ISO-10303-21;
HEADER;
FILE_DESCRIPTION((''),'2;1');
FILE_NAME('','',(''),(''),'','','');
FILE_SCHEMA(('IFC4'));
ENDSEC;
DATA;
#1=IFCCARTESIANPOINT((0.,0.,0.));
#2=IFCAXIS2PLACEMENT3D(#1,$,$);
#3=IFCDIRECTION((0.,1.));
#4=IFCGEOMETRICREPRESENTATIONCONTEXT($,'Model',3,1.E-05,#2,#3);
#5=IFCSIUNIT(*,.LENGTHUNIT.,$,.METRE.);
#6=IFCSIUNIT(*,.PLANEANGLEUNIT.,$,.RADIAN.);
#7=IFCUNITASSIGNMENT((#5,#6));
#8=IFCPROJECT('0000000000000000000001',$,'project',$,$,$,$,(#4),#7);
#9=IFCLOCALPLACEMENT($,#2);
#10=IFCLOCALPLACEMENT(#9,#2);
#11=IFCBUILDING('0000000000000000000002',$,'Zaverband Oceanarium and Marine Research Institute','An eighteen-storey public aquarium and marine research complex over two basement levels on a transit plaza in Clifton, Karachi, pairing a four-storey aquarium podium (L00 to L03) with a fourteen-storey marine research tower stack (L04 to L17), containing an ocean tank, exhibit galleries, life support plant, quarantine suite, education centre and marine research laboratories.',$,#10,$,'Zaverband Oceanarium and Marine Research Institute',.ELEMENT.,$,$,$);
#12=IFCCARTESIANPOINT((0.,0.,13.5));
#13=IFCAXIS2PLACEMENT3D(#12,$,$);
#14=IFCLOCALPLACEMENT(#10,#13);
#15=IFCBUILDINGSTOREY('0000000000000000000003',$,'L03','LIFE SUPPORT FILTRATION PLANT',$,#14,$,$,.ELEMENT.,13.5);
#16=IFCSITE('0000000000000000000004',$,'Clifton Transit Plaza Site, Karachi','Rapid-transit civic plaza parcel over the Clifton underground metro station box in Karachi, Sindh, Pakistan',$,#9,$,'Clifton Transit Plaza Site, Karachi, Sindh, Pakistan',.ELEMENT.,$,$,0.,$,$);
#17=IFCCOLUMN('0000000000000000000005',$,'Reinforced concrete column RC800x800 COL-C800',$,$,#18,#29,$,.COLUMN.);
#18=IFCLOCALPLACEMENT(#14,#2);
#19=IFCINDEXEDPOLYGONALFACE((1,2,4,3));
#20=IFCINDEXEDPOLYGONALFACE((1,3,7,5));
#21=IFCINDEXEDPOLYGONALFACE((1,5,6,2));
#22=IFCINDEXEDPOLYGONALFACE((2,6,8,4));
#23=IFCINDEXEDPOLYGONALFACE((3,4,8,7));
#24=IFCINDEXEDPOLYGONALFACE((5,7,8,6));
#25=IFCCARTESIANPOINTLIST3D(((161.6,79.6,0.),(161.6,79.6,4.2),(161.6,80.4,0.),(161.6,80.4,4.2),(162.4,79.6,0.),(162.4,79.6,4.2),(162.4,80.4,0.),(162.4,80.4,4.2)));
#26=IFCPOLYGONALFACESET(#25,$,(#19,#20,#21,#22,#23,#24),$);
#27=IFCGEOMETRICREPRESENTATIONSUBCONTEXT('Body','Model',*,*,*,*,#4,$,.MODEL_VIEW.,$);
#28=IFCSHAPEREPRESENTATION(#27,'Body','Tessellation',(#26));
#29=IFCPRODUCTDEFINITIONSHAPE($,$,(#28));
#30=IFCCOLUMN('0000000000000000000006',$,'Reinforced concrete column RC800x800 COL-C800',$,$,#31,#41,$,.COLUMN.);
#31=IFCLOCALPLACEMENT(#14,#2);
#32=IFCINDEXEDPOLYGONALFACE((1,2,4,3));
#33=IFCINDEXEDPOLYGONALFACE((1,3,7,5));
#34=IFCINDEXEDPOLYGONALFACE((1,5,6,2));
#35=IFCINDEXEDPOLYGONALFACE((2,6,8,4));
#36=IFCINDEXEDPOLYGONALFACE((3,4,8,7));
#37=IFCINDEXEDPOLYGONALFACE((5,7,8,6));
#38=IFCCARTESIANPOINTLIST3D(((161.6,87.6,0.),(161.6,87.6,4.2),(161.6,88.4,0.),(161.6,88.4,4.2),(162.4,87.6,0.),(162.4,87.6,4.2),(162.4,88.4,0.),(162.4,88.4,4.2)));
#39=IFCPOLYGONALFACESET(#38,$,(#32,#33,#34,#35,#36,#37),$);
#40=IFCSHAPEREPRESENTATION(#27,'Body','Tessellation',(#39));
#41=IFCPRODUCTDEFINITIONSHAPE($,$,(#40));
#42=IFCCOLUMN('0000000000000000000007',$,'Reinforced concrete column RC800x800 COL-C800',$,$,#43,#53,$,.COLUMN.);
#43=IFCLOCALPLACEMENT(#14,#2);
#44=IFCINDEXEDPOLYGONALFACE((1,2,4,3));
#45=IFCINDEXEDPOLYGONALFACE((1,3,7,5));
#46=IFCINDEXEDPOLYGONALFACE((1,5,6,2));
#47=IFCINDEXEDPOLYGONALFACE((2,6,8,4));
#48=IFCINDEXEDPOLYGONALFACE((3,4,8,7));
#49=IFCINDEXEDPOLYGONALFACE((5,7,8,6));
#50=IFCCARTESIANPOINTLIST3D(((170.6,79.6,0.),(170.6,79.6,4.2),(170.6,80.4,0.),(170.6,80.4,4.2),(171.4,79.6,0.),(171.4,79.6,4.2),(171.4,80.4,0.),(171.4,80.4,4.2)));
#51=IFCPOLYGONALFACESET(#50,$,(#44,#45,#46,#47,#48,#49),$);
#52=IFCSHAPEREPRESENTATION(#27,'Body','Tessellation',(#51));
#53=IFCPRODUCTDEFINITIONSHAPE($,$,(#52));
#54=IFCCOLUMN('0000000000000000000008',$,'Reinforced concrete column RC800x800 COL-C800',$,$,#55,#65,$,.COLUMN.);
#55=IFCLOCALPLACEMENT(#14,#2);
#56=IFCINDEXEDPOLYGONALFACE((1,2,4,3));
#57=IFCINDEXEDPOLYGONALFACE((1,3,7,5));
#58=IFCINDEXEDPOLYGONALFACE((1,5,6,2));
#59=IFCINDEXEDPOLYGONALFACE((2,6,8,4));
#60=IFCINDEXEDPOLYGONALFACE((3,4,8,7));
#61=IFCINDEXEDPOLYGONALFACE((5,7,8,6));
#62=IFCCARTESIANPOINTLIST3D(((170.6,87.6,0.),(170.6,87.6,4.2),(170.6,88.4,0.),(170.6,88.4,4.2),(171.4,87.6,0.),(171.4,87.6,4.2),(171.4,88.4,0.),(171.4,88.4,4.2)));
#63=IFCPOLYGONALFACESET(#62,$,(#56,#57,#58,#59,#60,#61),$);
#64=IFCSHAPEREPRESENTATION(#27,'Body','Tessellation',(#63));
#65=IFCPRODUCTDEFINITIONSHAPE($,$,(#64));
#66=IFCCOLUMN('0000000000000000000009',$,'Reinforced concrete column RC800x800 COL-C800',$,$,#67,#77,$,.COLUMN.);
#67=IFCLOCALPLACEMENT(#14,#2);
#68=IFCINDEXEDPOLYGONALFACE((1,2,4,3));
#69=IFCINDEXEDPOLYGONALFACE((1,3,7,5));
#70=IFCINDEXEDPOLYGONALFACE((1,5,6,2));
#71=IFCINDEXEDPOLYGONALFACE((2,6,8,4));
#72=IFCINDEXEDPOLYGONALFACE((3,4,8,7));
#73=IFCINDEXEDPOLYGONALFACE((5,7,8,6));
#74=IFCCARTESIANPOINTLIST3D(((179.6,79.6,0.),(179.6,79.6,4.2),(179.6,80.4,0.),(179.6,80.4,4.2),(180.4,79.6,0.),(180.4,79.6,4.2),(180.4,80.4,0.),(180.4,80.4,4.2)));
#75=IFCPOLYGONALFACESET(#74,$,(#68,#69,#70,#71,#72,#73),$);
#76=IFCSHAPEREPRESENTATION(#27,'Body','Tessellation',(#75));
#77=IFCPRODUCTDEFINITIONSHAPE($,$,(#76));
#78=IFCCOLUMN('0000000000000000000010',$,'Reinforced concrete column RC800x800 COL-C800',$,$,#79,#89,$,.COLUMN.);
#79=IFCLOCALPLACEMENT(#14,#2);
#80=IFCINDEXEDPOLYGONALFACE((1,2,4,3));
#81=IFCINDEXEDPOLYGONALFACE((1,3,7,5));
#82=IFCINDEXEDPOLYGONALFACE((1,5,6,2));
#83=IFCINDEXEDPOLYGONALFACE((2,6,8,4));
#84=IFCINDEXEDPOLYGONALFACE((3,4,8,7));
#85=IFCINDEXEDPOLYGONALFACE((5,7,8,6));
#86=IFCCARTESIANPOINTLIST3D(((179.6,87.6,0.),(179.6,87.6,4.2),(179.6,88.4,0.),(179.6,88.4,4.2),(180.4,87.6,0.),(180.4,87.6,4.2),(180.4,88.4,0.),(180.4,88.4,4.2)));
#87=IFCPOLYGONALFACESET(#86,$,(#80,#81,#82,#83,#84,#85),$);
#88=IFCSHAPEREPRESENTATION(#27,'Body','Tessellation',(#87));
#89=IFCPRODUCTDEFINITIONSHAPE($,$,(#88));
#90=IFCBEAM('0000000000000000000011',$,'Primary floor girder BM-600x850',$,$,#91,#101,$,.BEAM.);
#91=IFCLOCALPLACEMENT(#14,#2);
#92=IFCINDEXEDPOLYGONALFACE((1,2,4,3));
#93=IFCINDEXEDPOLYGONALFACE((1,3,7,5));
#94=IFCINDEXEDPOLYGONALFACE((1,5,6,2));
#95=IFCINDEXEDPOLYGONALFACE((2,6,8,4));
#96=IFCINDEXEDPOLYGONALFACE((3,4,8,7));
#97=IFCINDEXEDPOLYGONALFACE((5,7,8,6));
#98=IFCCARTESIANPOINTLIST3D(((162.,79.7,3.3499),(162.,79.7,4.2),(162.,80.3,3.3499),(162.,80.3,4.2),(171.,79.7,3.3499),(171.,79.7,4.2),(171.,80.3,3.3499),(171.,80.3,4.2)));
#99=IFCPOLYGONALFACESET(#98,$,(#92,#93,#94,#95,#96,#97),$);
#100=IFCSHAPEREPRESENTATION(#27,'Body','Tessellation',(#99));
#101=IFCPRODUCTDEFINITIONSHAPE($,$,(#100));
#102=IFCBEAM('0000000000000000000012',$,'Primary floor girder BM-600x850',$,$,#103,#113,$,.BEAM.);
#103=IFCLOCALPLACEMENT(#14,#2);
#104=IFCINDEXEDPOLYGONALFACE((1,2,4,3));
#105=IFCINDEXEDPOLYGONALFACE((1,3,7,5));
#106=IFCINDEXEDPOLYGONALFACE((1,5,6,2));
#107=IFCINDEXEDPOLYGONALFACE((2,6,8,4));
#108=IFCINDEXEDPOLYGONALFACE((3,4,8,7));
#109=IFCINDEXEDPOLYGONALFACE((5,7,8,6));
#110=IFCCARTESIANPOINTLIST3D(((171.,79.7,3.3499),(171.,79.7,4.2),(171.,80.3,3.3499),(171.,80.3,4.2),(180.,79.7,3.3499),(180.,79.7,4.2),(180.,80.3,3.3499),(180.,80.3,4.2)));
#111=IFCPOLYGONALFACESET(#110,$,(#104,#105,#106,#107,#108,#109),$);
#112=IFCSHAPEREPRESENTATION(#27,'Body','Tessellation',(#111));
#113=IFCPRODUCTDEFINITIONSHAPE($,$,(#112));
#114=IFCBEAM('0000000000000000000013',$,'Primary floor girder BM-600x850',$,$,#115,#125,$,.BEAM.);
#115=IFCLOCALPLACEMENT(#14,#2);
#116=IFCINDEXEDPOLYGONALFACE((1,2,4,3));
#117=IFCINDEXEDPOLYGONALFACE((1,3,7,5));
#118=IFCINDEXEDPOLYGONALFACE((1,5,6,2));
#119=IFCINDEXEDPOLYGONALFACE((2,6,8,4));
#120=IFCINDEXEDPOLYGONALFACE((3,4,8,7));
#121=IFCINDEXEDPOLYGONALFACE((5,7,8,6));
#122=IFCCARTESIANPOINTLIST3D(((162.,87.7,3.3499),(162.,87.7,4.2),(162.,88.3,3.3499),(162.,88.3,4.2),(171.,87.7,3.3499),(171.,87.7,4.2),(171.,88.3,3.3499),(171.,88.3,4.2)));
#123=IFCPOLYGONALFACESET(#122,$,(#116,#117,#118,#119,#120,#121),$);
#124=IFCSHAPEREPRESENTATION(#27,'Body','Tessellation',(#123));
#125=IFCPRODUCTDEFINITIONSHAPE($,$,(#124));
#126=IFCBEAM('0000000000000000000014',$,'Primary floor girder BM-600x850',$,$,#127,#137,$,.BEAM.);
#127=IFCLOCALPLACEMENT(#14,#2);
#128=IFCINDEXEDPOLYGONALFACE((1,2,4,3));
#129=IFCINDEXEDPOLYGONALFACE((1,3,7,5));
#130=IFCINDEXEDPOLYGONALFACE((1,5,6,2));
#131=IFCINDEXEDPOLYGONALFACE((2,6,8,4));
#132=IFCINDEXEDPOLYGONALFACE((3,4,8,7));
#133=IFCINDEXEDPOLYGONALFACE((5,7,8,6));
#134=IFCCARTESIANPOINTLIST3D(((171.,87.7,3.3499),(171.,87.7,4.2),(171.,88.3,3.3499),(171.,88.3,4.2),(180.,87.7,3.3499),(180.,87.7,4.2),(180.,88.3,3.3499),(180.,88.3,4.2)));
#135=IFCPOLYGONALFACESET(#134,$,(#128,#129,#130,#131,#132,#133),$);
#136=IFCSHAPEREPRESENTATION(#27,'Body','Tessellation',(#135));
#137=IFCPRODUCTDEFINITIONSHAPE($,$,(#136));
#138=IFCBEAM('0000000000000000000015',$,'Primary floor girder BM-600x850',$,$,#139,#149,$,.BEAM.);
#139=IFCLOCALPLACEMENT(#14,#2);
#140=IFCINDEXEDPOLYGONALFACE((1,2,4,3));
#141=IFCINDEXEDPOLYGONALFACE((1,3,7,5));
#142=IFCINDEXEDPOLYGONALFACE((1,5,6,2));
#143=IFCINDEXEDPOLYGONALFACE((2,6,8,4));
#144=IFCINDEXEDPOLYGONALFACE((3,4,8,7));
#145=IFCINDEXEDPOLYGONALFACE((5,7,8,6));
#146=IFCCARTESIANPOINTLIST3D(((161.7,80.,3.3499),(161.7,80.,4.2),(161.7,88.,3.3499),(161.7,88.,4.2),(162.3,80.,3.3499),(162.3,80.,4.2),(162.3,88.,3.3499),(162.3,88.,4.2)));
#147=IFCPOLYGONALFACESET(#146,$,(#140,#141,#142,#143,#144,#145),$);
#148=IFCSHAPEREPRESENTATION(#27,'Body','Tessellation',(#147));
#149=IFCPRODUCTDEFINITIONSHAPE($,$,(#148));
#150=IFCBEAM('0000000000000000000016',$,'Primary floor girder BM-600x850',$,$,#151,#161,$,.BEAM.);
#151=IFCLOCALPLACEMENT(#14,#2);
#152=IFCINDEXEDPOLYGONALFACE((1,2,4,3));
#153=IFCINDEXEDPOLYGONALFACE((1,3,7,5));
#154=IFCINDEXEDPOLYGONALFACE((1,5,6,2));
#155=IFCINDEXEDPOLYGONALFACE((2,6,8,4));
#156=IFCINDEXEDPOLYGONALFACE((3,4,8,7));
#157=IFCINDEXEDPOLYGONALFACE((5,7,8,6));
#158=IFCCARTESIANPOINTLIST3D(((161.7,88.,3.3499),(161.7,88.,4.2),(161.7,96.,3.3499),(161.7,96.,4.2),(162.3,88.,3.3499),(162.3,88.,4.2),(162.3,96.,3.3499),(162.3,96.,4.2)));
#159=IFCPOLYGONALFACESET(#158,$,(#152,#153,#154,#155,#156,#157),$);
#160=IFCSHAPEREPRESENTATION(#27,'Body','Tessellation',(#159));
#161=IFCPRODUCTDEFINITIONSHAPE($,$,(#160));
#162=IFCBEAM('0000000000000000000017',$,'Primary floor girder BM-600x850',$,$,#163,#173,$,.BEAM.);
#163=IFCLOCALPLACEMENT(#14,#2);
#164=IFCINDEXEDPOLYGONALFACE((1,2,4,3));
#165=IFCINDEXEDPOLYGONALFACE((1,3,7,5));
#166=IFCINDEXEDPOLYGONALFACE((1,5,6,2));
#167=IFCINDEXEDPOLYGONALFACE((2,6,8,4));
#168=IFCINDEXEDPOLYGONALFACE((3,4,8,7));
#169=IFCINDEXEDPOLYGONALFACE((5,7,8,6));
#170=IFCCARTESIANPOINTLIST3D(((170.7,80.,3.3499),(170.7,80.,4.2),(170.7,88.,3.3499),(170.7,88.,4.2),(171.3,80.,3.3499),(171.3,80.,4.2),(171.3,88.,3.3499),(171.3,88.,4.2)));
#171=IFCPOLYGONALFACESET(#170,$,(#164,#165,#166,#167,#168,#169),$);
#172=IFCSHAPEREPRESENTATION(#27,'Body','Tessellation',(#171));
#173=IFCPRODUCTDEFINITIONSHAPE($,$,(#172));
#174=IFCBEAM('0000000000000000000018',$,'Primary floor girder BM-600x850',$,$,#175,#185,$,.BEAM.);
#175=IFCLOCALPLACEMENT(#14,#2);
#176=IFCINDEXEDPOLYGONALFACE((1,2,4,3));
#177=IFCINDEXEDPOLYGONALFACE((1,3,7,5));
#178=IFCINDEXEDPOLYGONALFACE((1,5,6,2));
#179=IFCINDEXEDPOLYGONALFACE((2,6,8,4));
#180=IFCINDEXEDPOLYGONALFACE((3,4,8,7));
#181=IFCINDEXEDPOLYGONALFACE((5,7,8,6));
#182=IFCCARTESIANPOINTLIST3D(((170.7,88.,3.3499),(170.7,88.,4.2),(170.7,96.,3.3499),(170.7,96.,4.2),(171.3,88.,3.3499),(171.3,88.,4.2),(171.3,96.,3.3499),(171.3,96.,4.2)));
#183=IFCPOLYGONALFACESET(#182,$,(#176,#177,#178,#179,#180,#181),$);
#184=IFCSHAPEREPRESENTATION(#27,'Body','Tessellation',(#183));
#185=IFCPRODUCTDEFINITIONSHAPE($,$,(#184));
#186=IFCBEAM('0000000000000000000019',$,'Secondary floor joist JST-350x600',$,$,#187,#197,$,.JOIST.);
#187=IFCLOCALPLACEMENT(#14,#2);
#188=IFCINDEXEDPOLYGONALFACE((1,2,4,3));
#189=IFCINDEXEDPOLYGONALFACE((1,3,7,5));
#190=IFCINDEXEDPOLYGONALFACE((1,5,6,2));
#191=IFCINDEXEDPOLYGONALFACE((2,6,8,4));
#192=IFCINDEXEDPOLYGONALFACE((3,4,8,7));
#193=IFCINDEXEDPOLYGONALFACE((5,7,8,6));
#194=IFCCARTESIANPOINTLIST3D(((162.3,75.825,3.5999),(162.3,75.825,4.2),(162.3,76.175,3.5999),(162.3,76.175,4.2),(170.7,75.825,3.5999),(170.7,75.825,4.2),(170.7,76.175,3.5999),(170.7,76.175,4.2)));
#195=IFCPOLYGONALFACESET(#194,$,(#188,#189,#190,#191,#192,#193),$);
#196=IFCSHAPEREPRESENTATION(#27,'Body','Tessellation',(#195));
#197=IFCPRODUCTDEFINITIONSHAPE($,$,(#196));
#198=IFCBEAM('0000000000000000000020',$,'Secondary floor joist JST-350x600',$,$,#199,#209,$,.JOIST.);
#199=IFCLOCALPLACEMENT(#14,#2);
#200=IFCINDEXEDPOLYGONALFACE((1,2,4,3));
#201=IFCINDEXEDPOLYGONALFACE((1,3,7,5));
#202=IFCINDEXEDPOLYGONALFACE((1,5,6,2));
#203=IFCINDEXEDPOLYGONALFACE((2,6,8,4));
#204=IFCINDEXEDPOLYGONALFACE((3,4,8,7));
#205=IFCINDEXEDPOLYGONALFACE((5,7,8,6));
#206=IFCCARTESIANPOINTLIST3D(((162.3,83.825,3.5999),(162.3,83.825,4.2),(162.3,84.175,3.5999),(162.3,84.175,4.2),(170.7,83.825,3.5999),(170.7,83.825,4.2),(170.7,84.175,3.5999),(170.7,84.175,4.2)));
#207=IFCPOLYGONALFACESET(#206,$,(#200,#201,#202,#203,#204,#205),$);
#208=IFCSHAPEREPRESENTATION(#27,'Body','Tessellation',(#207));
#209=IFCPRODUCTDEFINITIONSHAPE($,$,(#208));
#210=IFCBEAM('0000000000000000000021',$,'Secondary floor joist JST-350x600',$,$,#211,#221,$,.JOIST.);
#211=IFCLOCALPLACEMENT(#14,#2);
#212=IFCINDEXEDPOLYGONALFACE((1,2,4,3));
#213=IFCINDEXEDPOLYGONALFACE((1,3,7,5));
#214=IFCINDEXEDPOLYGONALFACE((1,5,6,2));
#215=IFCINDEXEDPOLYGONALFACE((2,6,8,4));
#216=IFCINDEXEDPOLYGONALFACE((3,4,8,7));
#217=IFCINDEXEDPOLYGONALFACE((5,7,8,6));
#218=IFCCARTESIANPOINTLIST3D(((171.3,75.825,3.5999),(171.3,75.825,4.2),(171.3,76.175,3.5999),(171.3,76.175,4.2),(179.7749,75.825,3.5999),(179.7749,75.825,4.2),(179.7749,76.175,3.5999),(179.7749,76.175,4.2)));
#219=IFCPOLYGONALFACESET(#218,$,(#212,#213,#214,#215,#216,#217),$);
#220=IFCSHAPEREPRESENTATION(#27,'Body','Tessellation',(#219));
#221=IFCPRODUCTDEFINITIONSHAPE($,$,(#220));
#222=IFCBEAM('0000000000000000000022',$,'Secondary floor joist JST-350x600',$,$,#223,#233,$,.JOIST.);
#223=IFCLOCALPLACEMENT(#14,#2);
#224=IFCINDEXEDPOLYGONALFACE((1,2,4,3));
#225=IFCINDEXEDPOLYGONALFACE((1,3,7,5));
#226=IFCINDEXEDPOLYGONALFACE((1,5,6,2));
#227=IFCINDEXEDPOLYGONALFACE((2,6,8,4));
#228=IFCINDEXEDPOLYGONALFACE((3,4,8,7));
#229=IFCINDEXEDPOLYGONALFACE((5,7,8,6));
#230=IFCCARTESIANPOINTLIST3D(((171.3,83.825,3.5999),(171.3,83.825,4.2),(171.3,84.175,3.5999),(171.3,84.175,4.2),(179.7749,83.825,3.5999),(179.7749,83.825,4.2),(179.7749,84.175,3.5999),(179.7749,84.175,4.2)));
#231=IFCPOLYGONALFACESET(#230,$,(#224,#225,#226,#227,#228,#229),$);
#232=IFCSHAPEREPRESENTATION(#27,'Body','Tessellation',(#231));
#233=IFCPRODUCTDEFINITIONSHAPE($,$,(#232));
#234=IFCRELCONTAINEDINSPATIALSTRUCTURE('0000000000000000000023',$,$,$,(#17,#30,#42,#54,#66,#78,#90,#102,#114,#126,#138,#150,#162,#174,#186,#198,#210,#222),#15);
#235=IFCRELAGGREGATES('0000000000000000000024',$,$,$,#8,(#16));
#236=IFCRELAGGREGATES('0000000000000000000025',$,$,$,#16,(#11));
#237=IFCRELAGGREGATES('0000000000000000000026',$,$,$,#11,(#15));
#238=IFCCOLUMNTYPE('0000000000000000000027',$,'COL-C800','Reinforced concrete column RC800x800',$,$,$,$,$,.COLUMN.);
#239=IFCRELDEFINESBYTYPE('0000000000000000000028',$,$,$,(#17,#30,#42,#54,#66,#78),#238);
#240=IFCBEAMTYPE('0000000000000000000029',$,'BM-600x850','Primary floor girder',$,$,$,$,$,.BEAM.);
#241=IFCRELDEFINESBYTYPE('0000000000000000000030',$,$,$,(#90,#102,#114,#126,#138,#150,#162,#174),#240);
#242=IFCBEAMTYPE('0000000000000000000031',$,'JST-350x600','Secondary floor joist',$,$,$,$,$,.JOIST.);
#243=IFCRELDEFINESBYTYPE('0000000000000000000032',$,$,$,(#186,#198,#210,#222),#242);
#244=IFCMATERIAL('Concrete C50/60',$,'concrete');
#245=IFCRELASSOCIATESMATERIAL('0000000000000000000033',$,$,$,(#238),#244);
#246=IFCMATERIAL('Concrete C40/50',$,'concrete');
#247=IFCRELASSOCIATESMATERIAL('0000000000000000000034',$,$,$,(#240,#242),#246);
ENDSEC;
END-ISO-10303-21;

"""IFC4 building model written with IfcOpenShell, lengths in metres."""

from ifc_helpers import new_model, si_unit, direction, frame, origin, origin_2d, place, context, subcontext, project, spatial, rectangle, extrude, material, material_profile, profile_set, type_object, element, save


model = new_model("IFC4")

# Units and contexts
model_context = context("Model", 3, precision=1e-05, world=origin(), true_north=direction((0.0, 1.0)))
body_context = subcontext(model_context, "Body", "Model", "MODEL_VIEW")
ifc_project = project(units=[si_unit("LENGTHUNIT", "METRE"), si_unit("PLANEANGLEUNIT", "RADIAN")], contexts=[model_context])

# Site, building, storey
site_placement = place(None, origin())
site = spatial("IfcSite", under=ifc_project, at=site_placement, Name="Clifton Transit Plaza Site, Karachi", Description="Rapid-transit civic plaza parcel over the Clifton underground metro station box in Karachi, Sindh, Pakistan", LongName="Clifton Transit Plaza Site, Karachi, Sindh, Pakistan", CompositionType="ELEMENT", RefElevation=0.0)
building_placement = place(site_placement, origin())
building = spatial("IfcBuilding", under=site, at=building_placement, Name="Zaverband Oceanarium and Marine Research Institute", Description="An eighteen-storey public aquarium and marine research complex over two basement levels on a transit plaza in Clifton, Karachi, pairing a four-storey aquarium podium (L00 to L03) with a fourteen-storey marine research tower stack (L04 to L17), containing an ocean tank, exhibit galleries, life support plant, quarantine suite, education centre and marine research laboratories.", LongName="Zaverband Oceanarium and Marine Research Institute", CompositionType="ELEMENT")
storey_placement = place(building_placement, frame((0.0, 0.0, 13.5)))
storey = spatial("IfcBuildingStorey", under=building, at=storey_placement, Name="L03", Description="LIFE SUPPORT FILTRATION PLANT", CompositionType="ELEMENT", Elevation=13.5)

# Columns
ifc_material_1 = material(Name="Concrete C50/60", Category="concrete")
ifc_material_profile_1 = material_profile(ifc_material_1, rectangle(XDim=0.8, YDim=0.8, at=origin_2d()), Name="RC800x800")
ifc_profile_set_1 = profile_set([ifc_material_profile_1], Name="Concrete C50/60")
column_type = type_object("IfcColumnType", Name="COL-C800", Description="Reinforced concrete column RC800x800", PredefinedType="COLUMN", material=ifc_profile_set_1)
for number, where, z_axis, x_axis, name in (
    (1, (162.0, 80.0, 0.0), (0.0, 0.0, 1.0), (1.0, 0.0, 0.0), "Reinforced concrete column RC800x800 COL-C800"),
    (2, (162.0, 88.0, 0.0), (0.0, 0.0, 1.0), (1.0, 0.0, 0.0), "Reinforced concrete column RC800x800 COL-C800"),
    (3, (171.0, 80.0, 0.0), (0.0, 0.0, 1.0), (1.0, 0.0, 0.0), "Reinforced concrete column RC800x800 COL-C800"),
    (4, (171.0, 88.0, 0.0), (0.0, 0.0, 1.0), (1.0, 0.0, 0.0), "Reinforced concrete column RC800x800 COL-C800"),
    (5, (180.0, 80.0, 0.0), (0.0, 0.0, 1.0), (1.0, 0.0, 0.0), "Reinforced concrete column RC800x800 COL-C800"),
    (6, (180.0, 88.0, 0.0), (0.0, 0.0, 1.0), (1.0, 0.0, 0.0), "Reinforced concrete column RC800x800 COL-C800"),
):
    element("IfcColumn", number, at=place(storey_placement, frame(where, z_axis=z_axis, x_axis=x_axis)), inside=storey, type_object=column_type, Name=name, PredefinedType="COLUMN", context=body_context, shape_type="SweptSolid", body=[
        extrude(rectangle(XDim=0.8, YDim=0.8, at=origin_2d()), origin(), (0.0, 0.0, 1.0), 4.2),
    ])

# Beams
ifc_material_2 = material(Name="Concrete C40/50", Category="concrete")
ifc_material_profile_2 = material_profile(ifc_material_2, rectangle(XDim=0.6001, YDim=0.8501, at=origin_2d()), Name="RC600x850")
ifc_profile_set_2 = profile_set([ifc_material_profile_2], Name="Concrete C40/50")
beam_type_1 = type_object("IfcBeamType", Name="BM-600x850", Description="Primary floor girder", PredefinedType="BEAM", material=ifc_profile_set_2)
for number, where, z_axis, x_axis, name in (
    (7, (162.0, 80.0, 3.7749), (1.0, 0.0, 0.0), (0.0, 1.0, 0.0), "Primary floor girder BM-600x850"),
    (8, (171.0, 80.0, 3.7749), (1.0, 0.0, 0.0), (0.0, 1.0, 0.0), "Primary floor girder BM-600x850"),
    (9, (162.0, 88.0, 3.7749), (1.0, 0.0, 0.0), (0.0, 1.0, 0.0), "Primary floor girder BM-600x850"),
    (10, (171.0, 88.0, 3.7749), (1.0, 0.0, 0.0), (0.0, 1.0, 0.0), "Primary floor girder BM-600x850"),
):
    element("IfcBeam", number, at=place(storey_placement, frame(where, z_axis=z_axis, x_axis=x_axis)), inside=storey, type_object=beam_type_1, Name=name, PredefinedType="BEAM", context=body_context, shape_type="SweptSolid", body=[
        extrude(rectangle(XDim=0.6001, YDim=0.8501, at=origin_2d()), origin(), (0.0, 0.0, 1.0), 9.0),
    ])
for number, where, z_axis, x_axis, name in (
    (11, (162.0, 80.0, 3.7749), (0.0, 1.0, 0.0), (-1.0, 0.0, 0.0), "Primary floor girder BM-600x850"),
    (12, (162.0, 88.0, 3.7749), (0.0, 1.0, 0.0), (-1.0, 0.0, 0.0), "Primary floor girder BM-600x850"),
    (13, (171.0, 80.0, 3.7749), (0.0, 1.0, 0.0), (-1.0, 0.0, 0.0), "Primary floor girder BM-600x850"),
    (14, (171.0, 88.0, 3.7749), (0.0, 1.0, 0.0), (-1.0, 0.0, 0.0), "Primary floor girder BM-600x850"),
):
    element("IfcBeam", number, at=place(storey_placement, frame(where, z_axis=z_axis, x_axis=x_axis)), inside=storey, type_object=beam_type_1, Name=name, PredefinedType="BEAM", context=body_context, shape_type="SweptSolid", body=[
        extrude(rectangle(XDim=0.6001, YDim=0.8501, at=origin_2d()), origin(), (0.0, 0.0, 1.0), 8.0),
    ])
ifc_material_profile_3 = material_profile(ifc_material_2, rectangle(XDim=0.3501, YDim=0.6001, at=origin_2d()), Name="RC350x600")
ifc_profile_set_3 = profile_set([ifc_material_profile_3], Name="Concrete C40/50")
beam_type_2 = type_object("IfcBeamType", Name="JST-350x600", Description="Secondary floor joist", PredefinedType="JOIST", material=ifc_profile_set_3)
for number, where, z_axis, x_axis, name in (
    (15, (162.3, 76.0, 3.8999), (1.0, 0.0, 0.0), (0.0, 1.0, 0.0), "Secondary floor joist JST-350x600"),
    (16, (162.3, 84.0, 3.8999), (1.0, 0.0, 0.0), (0.0, 1.0, 0.0), "Secondary floor joist JST-350x600"),
):
    element("IfcBeam", number, at=place(storey_placement, frame(where, z_axis=z_axis, x_axis=x_axis)), inside=storey, type_object=beam_type_2, Name=name, PredefinedType="JOIST", context=body_context, shape_type="SweptSolid", body=[
        extrude(rectangle(XDim=0.3501, YDim=0.6001, at=origin_2d()), origin(), (0.0, 0.0, 1.0), 8.3999),
    ])
for number, where, z_axis, x_axis, name in (
    (17, (171.3, 76.0, 3.8999), (1.0, 0.0, 0.0), (0.0, 1.0, 0.0), "Secondary floor joist JST-350x600"),
    (18, (171.3, 84.0, 3.8999), (1.0, 0.0, 0.0), (0.0, 1.0, 0.0), "Secondary floor joist JST-350x600"),
):
    element("IfcBeam", number, at=place(storey_placement, frame(where, z_axis=z_axis, x_axis=x_axis)), inside=storey, type_object=beam_type_2, Name=name, PredefinedType="JOIST", context=body_context, shape_type="SweptSolid", body=[
        extrude(rectangle(XDim=0.3501, YDim=0.6001, at=origin_2d()), origin(), (0.0, 0.0, 1.0), 8.4749),
    ])

save(model, "model.ifc")
